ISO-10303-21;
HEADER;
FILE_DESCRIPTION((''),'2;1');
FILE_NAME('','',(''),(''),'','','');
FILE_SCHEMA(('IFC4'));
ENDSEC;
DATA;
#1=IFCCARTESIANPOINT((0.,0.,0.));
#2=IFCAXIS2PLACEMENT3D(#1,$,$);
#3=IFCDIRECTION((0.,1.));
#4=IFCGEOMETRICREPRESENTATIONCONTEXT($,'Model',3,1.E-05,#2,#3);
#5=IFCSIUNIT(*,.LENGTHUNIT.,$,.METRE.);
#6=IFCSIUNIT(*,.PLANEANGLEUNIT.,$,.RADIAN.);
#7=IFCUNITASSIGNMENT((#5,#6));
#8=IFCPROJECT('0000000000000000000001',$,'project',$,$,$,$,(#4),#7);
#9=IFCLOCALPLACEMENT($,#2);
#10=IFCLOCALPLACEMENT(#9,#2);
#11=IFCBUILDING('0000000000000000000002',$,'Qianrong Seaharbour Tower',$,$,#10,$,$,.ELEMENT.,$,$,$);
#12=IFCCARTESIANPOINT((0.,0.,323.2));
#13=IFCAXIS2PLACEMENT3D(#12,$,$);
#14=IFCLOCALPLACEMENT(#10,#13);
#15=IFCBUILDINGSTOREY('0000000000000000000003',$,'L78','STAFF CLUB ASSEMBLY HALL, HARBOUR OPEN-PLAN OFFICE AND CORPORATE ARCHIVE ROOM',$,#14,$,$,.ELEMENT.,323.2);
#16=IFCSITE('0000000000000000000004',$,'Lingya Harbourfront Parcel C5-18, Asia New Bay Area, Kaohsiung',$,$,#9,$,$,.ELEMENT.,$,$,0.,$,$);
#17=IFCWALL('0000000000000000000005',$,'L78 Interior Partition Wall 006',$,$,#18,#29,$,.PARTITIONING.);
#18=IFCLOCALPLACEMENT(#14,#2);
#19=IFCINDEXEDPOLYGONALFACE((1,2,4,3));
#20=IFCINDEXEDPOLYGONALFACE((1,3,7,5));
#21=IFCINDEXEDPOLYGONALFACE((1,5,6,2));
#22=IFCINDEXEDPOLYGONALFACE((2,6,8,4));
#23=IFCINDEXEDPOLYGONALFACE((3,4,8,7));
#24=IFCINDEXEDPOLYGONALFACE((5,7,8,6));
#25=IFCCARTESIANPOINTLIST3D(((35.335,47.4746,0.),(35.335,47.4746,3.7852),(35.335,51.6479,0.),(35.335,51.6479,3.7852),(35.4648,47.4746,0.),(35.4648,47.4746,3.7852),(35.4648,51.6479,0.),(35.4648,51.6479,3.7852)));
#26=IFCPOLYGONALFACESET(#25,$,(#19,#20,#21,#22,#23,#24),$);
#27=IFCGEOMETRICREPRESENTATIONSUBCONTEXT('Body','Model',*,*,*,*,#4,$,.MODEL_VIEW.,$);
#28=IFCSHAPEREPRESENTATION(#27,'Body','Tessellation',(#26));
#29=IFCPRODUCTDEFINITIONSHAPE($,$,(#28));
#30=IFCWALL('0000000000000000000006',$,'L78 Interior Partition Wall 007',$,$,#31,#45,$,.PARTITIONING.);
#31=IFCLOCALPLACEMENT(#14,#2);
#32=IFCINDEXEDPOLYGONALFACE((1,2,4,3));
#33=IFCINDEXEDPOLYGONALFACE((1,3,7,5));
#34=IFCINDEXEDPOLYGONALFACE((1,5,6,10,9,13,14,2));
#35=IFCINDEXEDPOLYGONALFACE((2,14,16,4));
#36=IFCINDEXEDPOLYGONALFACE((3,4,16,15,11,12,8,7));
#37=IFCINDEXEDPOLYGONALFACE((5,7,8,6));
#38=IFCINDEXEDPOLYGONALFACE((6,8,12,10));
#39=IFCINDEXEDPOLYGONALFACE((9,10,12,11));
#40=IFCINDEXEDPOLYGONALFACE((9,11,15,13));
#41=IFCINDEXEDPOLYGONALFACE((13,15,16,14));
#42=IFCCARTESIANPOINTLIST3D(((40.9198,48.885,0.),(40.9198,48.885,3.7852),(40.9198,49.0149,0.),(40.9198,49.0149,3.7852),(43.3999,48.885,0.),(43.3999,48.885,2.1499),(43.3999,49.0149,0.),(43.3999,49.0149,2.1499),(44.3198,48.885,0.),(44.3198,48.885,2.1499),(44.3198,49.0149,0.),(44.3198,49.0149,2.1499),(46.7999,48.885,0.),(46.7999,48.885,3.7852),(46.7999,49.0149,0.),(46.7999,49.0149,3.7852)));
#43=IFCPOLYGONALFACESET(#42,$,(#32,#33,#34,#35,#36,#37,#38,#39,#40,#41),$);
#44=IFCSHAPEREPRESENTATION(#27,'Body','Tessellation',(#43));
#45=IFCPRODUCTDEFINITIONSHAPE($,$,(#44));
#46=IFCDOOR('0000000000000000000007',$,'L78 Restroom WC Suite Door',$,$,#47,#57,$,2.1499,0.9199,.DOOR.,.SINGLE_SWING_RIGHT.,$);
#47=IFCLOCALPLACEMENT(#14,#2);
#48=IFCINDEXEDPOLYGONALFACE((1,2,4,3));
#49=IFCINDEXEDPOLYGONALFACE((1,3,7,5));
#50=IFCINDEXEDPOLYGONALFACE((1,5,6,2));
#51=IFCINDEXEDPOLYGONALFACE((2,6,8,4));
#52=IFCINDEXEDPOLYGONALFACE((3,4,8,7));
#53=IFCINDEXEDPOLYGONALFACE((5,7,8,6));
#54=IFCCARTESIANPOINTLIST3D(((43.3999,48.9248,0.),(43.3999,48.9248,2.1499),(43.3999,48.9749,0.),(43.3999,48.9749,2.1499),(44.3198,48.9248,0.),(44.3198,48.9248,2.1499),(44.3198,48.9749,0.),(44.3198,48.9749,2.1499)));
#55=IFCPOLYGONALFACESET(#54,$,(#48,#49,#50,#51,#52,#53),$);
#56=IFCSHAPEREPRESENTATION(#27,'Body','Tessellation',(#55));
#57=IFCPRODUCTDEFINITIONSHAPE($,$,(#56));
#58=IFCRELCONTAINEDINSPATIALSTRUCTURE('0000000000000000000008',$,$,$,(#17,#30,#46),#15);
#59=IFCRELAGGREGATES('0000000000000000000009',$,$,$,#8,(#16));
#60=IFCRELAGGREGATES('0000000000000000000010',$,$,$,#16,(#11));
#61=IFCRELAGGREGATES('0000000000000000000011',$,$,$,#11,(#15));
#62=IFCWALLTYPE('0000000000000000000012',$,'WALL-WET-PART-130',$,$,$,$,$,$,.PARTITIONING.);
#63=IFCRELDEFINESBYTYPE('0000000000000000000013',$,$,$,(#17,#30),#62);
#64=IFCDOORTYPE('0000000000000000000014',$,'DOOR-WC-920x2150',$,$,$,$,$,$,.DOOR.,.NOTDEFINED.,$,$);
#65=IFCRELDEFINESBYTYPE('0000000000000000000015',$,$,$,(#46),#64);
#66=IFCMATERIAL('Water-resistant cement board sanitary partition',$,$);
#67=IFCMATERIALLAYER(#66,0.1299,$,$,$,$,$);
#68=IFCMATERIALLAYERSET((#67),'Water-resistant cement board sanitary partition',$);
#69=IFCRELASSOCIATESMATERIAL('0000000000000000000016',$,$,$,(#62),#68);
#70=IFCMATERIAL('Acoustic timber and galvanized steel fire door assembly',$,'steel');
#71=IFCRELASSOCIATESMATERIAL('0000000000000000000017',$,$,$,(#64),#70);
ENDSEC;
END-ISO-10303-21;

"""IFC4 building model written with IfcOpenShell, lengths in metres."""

from ifc_helpers import new_model, si_unit, direction, frame, frame_2d, origin, place, context, subcontext, project, spatial, rectangle, extrude, material, layer, layer_set, type_object, element, fill, save


model = new_model("IFC4")

# Units and contexts
model_context = context("Model", 3, precision=1e-05, world=origin(), true_north=direction((0.0, 1.0)))
body_context = subcontext(model_context, "Body", "Model", "MODEL_VIEW")
ifc_project = project(units=[si_unit("LENGTHUNIT", "METRE"), si_unit("PLANEANGLEUNIT", "RADIAN")], contexts=[model_context])

# Site, building, storey
site_placement = place(None, origin())
site = spatial("IfcSite", under=ifc_project, at=site_placement, Name="Lingya Harbourfront Parcel C5-18, Asia New Bay Area, Kaohsiung", CompositionType="ELEMENT", RefElevation=0.0)
building_placement = place(site_placement, origin())
building = spatial("IfcBuilding", under=site, at=building_placement, Name="Qianrong Seaharbour Tower", CompositionType="ELEMENT")
storey_placement = place(building_placement, frame((0.0, 0.0, 323.2)))
storey = spatial("IfcBuildingStorey", under=building, at=storey_placement, Name="L78", Description="STAFF CLUB ASSEMBLY HALL, HARBOUR OPEN-PLAN OFFICE AND CORPORATE ARCHIVE ROOM", CompositionType="ELEMENT", Elevation=323.2)

# Shared definitions
ifc_material_1 = material(Name="Acoustic timber and galvanized steel fire door assembly", Category="steel")

# Shared definitions
ifc_material_2 = material(Name="Water-resistant cement board sanitary partition")
ifc_layer_1 = layer(ifc_material_2, 0.1299)
ifc_layer_set_1 = layer_set([ifc_layer_1], Name="Water-resistant cement board sanitary partition")
wall_type_1 = type_object("IfcWallType", Name="WALL-WET-PART-130", PredefinedType="PARTITIONING", material=ifc_layer_set_1)

# Wall
wall_1_placement = place(storey_placement, frame((35.3999, 47.4746, 0.0), z_axis=(0.0, 0.0, 1.0), x_axis=(0.0, 1.0, 0.0)))
element("IfcWall", 1, at=wall_1_placement, inside=storey, type_object=wall_type_1, Name="L78 Interior Partition Wall 006", PredefinedType="PARTITIONING", context=body_context, shape_type="SweptSolid", body=[
    extrude(rectangle(XDim=4.1733, YDim=0.1299, at=frame_2d((2.0867, 0.0))), origin(), (0.0, 0.0, 1.0), 3.7852),
])

# Wall, opening, door
wall_2_placement = place(storey_placement, frame((40.9199, 48.95, 0.0), z_axis=(0.0, 0.0, 1.0), x_axis=(1.0, 0.0, 0.0)))
wall_2 = element("IfcWall", 2, at=wall_2_placement, inside=storey, type_object=wall_type_1, Name="L78 Interior Partition Wall 007", PredefinedType="PARTITIONING", context=body_context, shape_type="SweptSolid", body=[
    extrude(rectangle(XDim=5.8801, YDim=0.1299, at=frame_2d((2.9399, 0.0))), origin(), (0.0, 0.0, 1.0), 3.7852),
])
opening_1_placement = place(wall_2_placement, frame((2.48, 0.0, 0.0)))
opening_1 = element("IfcOpeningElement", 3, at=opening_1_placement, cuts=wall_2, PredefinedType="OPENING", context=body_context, shape_type="SweptSolid", body=[
    extrude(rectangle(XDim=0.9199, YDim=2.1499, at=frame_2d((0.46, 1.075))), frame((0.0, 0.075, 0.0), z_axis=(0.0, -1.0, 0.0), x_axis=(1.0, 0.0, 0.0)), (0.0, 0.0, 1.0), 0.1499),
])
door_type_1 = type_object("IfcDoorType", Name="DOOR-WC-920x2150", OperationType="NOTDEFINED", PredefinedType="DOOR", material=ifc_material_1)
door_1_placement = place(opening_1_placement, origin())
door_1 = element("IfcDoor", 4, at=door_1_placement, inside=storey, type_object=door_type_1, Name="L78 Restroom WC Suite Door", OperationType="SINGLE_SWING_RIGHT", OverallHeight=2.1499, OverallWidth=0.9199, PredefinedType="DOOR", context=body_context, shape_type="SweptSolid", body=[
    extrude(rectangle(XDim=0.9199, YDim=2.1499, at=frame_2d((0.46, 1.075))), frame((0.0, 0.0249, 0.0), z_axis=(0.0, -1.0, 0.0), x_axis=(1.0, 0.0, 0.0)), (0.0, 0.0, 1.0), 0.05),
])
fill(opening_1, door_1)

save(model, "model.ifc")
